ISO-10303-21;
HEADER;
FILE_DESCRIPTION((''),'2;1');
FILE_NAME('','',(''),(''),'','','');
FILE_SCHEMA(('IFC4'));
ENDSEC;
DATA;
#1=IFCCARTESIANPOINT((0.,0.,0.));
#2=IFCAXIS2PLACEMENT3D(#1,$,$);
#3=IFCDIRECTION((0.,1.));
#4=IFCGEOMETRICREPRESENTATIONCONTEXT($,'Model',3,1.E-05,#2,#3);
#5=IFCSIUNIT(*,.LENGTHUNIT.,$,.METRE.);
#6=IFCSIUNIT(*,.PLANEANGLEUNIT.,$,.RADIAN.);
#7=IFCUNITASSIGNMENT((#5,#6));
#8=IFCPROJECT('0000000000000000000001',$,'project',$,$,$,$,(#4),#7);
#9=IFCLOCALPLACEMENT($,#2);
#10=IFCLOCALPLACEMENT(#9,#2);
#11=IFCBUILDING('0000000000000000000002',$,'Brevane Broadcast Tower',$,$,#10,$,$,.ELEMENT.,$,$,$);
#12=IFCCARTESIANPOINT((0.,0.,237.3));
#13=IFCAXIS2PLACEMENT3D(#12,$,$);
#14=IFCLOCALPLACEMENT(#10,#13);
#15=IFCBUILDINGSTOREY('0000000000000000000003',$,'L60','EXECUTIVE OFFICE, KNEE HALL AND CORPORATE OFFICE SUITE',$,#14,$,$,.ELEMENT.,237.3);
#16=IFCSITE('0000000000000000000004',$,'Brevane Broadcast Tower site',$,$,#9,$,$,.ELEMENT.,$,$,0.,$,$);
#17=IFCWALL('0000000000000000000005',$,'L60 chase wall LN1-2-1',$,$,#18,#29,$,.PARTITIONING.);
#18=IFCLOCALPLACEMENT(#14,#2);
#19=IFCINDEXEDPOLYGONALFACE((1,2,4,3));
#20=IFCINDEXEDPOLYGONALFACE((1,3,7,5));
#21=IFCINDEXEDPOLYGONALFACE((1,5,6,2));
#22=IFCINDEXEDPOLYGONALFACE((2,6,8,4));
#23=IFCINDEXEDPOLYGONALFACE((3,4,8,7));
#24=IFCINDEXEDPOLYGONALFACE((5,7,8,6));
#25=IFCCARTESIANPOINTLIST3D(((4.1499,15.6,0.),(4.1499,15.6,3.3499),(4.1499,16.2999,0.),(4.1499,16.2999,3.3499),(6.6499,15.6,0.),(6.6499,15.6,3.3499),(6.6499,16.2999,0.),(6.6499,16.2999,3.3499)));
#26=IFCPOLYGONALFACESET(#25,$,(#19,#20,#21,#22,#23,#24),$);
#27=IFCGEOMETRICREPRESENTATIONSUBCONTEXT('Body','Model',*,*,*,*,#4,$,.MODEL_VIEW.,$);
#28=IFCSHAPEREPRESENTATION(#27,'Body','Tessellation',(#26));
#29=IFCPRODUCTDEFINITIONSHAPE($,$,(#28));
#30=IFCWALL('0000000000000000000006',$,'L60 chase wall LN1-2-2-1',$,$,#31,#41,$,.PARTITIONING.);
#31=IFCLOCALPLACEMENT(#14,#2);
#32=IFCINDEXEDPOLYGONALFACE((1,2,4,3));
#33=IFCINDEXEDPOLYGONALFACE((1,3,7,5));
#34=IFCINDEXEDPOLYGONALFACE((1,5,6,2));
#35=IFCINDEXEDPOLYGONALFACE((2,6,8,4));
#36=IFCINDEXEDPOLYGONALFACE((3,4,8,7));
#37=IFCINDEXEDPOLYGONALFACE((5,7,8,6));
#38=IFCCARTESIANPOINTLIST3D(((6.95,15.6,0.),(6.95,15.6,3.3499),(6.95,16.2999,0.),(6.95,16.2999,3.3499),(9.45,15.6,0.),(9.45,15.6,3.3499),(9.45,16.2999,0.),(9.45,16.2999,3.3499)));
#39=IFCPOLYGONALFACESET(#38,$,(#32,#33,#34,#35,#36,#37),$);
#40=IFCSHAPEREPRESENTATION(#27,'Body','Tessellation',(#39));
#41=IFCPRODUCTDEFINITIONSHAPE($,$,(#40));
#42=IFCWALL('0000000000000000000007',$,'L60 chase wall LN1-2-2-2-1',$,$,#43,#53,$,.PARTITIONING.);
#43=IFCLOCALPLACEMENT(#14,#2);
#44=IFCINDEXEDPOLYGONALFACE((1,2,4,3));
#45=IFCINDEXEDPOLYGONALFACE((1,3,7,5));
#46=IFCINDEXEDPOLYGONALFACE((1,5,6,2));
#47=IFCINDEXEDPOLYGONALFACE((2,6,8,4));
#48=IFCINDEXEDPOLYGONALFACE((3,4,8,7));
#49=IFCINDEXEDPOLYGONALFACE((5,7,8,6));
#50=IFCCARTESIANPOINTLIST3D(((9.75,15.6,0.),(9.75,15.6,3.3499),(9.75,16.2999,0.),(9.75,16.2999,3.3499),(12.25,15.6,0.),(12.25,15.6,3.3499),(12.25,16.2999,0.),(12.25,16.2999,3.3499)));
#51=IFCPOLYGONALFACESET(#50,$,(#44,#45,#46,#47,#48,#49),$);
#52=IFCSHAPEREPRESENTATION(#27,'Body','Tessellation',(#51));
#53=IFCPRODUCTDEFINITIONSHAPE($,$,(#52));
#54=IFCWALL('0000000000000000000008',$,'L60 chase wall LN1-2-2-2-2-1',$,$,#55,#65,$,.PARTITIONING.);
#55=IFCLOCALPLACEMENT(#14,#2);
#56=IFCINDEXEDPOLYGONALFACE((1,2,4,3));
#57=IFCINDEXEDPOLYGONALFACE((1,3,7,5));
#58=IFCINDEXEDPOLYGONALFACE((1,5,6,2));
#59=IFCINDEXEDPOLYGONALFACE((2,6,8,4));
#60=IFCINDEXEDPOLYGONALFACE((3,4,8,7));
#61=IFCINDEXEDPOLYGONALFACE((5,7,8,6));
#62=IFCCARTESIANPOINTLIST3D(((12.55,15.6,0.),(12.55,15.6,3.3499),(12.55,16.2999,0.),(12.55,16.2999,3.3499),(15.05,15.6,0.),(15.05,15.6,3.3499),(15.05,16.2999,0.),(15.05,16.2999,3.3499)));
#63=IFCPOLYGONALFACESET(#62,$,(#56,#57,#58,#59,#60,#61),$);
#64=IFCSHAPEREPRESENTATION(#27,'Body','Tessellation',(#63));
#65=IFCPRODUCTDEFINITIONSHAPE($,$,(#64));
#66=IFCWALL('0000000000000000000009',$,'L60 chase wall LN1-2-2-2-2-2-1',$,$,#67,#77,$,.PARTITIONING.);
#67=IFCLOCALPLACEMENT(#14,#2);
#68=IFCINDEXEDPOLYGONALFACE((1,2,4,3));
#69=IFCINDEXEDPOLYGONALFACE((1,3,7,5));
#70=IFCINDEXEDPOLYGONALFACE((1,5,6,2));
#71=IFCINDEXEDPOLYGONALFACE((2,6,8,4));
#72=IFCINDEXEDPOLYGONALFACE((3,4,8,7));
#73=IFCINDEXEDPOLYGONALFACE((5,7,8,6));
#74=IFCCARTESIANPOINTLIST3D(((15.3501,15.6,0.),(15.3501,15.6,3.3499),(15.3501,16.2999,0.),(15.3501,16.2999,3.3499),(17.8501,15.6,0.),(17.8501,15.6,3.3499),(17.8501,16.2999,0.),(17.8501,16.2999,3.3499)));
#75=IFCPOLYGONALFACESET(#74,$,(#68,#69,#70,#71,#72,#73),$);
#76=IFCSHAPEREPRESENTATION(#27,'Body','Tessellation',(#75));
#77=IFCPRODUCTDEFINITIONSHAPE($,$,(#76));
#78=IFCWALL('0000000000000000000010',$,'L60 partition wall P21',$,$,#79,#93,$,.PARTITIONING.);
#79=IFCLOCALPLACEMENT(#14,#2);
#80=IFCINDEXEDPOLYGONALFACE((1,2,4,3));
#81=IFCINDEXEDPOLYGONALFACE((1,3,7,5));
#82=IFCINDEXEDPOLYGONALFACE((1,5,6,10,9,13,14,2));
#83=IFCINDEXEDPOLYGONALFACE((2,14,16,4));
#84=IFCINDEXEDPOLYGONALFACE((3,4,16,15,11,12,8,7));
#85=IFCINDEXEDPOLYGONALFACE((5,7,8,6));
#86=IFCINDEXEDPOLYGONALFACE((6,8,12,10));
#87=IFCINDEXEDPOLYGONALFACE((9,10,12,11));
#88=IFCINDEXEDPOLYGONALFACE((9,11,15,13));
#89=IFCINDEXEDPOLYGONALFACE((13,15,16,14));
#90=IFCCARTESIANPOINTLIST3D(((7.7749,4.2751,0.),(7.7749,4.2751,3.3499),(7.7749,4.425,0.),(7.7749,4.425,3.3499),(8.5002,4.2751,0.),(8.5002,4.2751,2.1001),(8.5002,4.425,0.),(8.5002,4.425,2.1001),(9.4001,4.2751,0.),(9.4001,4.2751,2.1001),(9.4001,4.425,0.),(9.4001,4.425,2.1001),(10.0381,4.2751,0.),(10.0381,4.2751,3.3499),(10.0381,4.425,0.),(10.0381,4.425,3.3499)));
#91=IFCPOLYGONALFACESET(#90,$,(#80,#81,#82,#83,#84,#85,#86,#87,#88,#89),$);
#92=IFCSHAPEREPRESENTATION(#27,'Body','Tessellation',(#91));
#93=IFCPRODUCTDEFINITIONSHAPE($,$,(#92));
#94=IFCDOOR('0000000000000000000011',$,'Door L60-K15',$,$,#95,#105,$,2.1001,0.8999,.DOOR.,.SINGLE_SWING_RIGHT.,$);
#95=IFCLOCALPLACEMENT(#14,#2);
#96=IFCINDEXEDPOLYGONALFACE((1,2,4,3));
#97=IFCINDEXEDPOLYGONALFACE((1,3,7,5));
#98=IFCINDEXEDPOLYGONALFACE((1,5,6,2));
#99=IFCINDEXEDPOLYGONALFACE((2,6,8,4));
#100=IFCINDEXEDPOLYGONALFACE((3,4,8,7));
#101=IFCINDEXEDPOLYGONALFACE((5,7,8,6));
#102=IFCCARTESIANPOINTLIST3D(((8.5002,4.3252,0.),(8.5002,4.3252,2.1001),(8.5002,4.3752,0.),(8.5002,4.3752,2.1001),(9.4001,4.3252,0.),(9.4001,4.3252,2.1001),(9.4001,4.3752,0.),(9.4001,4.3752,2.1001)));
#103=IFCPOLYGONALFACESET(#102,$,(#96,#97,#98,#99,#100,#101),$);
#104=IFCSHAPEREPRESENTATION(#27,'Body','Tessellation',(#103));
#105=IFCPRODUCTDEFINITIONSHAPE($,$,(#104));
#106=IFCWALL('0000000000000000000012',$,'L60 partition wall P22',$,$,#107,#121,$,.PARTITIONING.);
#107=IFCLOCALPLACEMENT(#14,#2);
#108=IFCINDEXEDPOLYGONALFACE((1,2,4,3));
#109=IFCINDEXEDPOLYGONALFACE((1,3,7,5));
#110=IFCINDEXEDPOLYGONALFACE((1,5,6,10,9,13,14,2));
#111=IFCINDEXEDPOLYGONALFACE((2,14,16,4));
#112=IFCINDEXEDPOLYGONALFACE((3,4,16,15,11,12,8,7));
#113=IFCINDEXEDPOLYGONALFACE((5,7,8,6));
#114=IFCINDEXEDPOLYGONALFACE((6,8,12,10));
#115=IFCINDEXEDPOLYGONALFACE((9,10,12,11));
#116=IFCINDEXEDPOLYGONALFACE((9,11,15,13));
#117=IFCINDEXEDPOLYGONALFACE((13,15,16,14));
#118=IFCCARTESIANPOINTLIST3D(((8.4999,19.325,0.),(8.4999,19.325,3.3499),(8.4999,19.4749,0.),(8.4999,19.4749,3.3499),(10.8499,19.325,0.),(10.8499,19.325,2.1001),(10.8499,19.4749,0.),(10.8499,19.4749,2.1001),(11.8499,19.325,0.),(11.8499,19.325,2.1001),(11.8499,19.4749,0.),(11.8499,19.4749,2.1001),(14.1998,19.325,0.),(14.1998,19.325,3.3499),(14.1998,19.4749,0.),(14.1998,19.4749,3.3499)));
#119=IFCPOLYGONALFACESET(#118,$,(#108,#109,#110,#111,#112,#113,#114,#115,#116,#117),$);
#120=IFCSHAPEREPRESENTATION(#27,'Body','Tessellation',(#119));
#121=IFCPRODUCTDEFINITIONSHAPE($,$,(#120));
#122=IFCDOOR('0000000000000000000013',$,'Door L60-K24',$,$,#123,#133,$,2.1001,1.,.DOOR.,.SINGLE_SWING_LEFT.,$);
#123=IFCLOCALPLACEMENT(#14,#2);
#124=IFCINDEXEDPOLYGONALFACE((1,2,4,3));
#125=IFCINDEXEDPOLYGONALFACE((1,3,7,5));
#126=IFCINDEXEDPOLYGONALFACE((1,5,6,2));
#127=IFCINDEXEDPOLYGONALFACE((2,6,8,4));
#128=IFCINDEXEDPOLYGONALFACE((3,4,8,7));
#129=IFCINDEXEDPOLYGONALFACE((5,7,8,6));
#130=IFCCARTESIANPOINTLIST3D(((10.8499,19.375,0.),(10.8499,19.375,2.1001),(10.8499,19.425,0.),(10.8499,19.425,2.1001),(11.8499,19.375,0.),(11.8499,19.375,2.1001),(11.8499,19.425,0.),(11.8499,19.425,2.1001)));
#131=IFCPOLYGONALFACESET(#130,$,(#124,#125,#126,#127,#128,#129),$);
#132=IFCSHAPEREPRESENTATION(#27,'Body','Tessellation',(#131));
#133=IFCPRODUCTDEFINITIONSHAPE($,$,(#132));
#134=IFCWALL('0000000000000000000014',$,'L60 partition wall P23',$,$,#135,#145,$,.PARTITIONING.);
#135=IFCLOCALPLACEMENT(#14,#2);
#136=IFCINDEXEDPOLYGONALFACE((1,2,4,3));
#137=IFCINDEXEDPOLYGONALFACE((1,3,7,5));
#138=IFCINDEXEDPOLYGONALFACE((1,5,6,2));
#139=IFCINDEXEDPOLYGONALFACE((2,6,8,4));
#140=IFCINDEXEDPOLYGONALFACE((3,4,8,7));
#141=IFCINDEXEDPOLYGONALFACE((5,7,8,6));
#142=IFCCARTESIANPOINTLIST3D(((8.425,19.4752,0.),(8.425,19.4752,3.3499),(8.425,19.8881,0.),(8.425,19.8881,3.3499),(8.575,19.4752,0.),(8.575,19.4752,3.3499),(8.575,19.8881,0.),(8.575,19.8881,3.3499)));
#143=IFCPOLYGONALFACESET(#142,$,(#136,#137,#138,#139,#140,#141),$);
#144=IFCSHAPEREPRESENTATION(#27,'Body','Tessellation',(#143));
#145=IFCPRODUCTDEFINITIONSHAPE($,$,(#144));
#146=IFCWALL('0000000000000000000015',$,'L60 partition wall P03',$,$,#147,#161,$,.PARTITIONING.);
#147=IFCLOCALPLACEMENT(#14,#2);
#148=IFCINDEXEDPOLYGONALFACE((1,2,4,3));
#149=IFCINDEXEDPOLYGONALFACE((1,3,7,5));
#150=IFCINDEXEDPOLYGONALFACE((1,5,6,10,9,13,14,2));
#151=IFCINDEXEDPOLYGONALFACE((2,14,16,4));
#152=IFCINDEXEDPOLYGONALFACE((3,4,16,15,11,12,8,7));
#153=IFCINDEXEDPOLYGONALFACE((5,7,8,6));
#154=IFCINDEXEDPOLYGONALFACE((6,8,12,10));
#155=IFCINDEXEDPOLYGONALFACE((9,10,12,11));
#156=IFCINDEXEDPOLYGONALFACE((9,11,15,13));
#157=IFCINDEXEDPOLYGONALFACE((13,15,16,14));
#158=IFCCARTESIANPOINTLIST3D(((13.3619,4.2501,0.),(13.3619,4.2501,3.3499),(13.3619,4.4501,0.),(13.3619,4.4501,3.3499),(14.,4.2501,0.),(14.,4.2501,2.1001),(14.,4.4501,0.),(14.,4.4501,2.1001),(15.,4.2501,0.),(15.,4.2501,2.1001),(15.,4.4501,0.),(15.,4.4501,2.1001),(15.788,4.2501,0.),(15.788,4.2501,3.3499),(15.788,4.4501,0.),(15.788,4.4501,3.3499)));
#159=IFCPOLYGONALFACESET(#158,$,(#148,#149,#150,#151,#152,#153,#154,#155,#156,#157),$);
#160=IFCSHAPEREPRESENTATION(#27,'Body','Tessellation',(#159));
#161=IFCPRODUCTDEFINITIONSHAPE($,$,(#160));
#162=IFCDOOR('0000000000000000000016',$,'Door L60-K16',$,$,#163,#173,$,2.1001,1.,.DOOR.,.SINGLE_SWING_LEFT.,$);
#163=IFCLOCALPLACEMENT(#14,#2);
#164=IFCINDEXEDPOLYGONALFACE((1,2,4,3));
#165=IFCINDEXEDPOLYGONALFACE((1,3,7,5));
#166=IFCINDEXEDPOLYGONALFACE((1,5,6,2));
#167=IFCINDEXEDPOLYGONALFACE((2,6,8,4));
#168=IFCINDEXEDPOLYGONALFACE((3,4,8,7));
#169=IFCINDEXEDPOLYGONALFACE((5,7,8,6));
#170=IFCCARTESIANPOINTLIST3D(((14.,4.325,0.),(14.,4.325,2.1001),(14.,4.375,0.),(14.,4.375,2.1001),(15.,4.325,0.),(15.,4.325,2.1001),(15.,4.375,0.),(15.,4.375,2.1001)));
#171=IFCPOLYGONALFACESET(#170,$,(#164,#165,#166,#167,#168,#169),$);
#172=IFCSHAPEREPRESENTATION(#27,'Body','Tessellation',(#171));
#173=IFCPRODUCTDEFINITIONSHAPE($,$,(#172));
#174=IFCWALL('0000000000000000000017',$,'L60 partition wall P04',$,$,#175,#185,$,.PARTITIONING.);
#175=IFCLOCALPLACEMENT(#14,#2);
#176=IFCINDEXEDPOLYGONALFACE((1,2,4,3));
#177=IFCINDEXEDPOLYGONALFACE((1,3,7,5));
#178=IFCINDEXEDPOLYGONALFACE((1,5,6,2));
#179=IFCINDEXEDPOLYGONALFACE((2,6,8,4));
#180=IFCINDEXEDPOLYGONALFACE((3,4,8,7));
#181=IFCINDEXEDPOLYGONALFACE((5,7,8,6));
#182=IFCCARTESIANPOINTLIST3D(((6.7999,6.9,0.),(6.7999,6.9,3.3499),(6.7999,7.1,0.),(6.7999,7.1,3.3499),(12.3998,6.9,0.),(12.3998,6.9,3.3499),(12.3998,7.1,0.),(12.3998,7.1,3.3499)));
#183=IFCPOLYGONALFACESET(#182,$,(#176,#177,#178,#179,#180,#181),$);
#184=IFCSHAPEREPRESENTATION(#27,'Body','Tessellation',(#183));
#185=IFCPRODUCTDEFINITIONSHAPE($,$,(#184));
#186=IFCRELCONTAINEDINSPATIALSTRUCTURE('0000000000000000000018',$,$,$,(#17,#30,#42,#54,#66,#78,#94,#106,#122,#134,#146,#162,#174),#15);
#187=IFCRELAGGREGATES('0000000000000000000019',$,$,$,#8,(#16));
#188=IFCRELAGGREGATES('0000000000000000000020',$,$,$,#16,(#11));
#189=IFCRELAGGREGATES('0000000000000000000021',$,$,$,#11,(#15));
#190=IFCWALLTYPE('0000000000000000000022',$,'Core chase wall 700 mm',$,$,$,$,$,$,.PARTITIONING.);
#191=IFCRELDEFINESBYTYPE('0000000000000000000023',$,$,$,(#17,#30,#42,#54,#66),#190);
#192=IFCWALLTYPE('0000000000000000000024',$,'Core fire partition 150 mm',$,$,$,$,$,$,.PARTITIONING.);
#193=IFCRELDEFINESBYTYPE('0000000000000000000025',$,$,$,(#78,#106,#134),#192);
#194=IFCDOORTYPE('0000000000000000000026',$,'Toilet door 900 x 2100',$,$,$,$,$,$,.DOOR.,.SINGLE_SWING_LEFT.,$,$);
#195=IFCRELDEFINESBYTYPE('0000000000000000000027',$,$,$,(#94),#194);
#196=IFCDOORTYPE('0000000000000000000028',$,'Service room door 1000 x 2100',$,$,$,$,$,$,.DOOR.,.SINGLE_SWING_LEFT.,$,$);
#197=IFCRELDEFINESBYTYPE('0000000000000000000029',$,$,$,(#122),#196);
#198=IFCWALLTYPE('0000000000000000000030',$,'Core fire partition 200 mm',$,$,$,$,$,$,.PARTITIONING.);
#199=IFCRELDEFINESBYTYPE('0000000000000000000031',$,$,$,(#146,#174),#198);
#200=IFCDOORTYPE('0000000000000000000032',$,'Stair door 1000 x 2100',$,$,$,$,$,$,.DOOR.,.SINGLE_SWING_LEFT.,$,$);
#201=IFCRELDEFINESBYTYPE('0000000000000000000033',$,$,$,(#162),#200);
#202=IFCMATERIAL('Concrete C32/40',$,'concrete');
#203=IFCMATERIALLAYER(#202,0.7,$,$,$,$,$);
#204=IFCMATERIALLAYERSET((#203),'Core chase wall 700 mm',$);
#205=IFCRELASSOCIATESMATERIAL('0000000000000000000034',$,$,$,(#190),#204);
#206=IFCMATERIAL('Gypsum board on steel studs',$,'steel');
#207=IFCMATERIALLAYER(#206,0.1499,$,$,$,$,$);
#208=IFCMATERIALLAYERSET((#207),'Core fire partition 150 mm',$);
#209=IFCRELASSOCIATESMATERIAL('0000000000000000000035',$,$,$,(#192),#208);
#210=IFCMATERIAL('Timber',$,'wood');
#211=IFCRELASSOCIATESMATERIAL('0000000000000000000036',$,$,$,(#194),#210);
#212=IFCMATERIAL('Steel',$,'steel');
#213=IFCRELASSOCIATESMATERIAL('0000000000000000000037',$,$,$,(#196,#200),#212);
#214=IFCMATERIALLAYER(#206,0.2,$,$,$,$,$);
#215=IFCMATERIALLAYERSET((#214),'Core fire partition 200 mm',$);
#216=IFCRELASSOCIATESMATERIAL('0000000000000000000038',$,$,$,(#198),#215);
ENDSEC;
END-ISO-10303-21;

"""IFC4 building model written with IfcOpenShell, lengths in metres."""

from ifc_helpers import new_model, si_unit, direction, frame, frame_2d, origin, place, context, subcontext, project, spatial, rectangle, extrude, material, layer, layer_set, type_object, element, fill, save


model = new_model("IFC4")

# Units and contexts
model_context = context("Model", 3, precision=1e-05, world=origin(), true_north=direction((0.0, 1.0)))
body_context = subcontext(model_context, "Body", "Model", "MODEL_VIEW")
ifc_project = project(units=[si_unit("LENGTHUNIT", "METRE"), si_unit("PLANEANGLEUNIT", "RADIAN")], contexts=[model_context])

# Site, building, storey
site_placement = place(None, origin())
site = spatial("IfcSite", under=ifc_project, at=site_placement, Name="Brevane Broadcast Tower site", CompositionType="ELEMENT", RefElevation=0.0)
building_placement = place(site_placement, origin())
building = spatial("IfcBuilding", under=site, at=building_placement, Name="Brevane Broadcast Tower", CompositionType="ELEMENT")
storey_placement = place(building_placement, frame((0.0, 0.0, 237.3)))
storey = spatial("IfcBuildingStorey", under=building, at=storey_placement, Name="L60", Description="EXECUTIVE OFFICE, KNEE HALL AND CORPORATE OFFICE SUITE", CompositionType="ELEMENT", Elevation=237.3)

# Walls
ifc_material_1 = material(Name="Concrete C32/40", Category="concrete")
ifc_layer_1 = layer(ifc_material_1, 0.7)
ifc_layer_set_1 = layer_set([ifc_layer_1], Name="Core chase wall 700 mm")
wall_type_1 = type_object("IfcWallType", Name="Core chase wall 700 mm", PredefinedType="PARTITIONING", material=ifc_layer_set_1)
for number, where, z_axis, x_axis, name in (
    (1, (4.1499, 15.95, 0.0), (0.0, 0.0, 1.0), (1.0, 0.0, 0.0), "L60 chase wall LN1-2-1"),
    (2, (6.95, 15.95, 0.0), (0.0, 0.0, 1.0), (1.0, 0.0, 0.0), "L60 chase wall LN1-2-2-1"),
    (3, (9.75, 15.95, 0.0), (0.0, 0.0, 1.0), (1.0, 0.0, 0.0), "L60 chase wall LN1-2-2-2-1"),
    (4, (12.55, 15.95, 0.0), (0.0, 0.0, 1.0), (1.0, 0.0, 0.0), "L60 chase wall LN1-2-2-2-2-1"),
    (5, (15.3501, 15.95, 0.0), (0.0, 0.0, 1.0), (1.0, 0.0, 0.0), "L60 chase wall LN1-2-2-2-2-2-1"),
):
    element("IfcWall", number, at=place(storey_placement, frame(where, z_axis=z_axis, x_axis=x_axis)), inside=storey, type_object=wall_type_1, Name=name, PredefinedType="PARTITIONING", context=body_context, shape_type="SweptSolid", body=[
        extrude(rectangle(XDim=2.5, YDim=0.7, at=frame_2d((1.25, 0.0))), origin(), (0.0, 0.0, 1.0), 3.3499),
    ])

# Walls, openings, doors
ifc_material_2 = material(Name="Gypsum board on steel studs", Category="steel")
ifc_layer_2 = layer(ifc_material_2, 0.1499)
ifc_layer_set_2 = layer_set([ifc_layer_2], Name="Core fire partition 150 mm")
wall_type_2 = type_object("IfcWallType", Name="Core fire partition 150 mm", PredefinedType="PARTITIONING", material=ifc_layer_set_2)
wall_1_placement = place(storey_placement, frame((10.0381, 4.3501, 0.0), z_axis=(0.0, 0.0, 1.0), x_axis=(-1.0, 0.0, 0.0)))
wall_1 = element("IfcWall", 6, at=wall_1_placement, inside=storey, type_object=wall_type_2, Name="L60 partition wall P21", PredefinedType="PARTITIONING", context=body_context, shape_type="SweptSolid", body=[
    extrude(rectangle(XDim=2.2632, YDim=0.1499, at=frame_2d((1.1316, 0.0))), origin(), (0.0, 0.0, 1.0), 3.3499),
])
opening_1_placement = place(wall_1_placement, frame((0.6379, 0.0, 0.0)))
opening_1 = element("IfcOpeningElement", 7, at=opening_1_placement, cuts=wall_1, PredefinedType="OPENING", context=body_context, shape_type="SweptSolid", body=[
    extrude(rectangle(XDim=0.8999, YDim=2.1001, at=frame_2d((0.45, 1.05))), frame((0.0, 0.085, 0.0), z_axis=(0.0, -1.0, 0.0), x_axis=(1.0, 0.0, 0.0)), (0.0, 0.0, 1.0), 0.1699),
])
ifc_material_3 = material(Name="Timber", Category="wood")
door_type_1 = type_object("IfcDoorType", Name="Toilet door 900 x 2100", OperationType="SINGLE_SWING_LEFT", PredefinedType="DOOR", material=ifc_material_3)
door_1_placement = place(opening_1_placement, origin())
door_1 = element("IfcDoor", 8, at=door_1_placement, inside=storey, type_object=door_type_1, Name="Door L60-K15", OperationType="SINGLE_SWING_RIGHT", OverallHeight=2.1001, OverallWidth=0.8999, PredefinedType="DOOR", context=body_context, shape_type="SweptSolid", body=[
    extrude(rectangle(XDim=0.8999, YDim=2.1001, at=frame_2d((0.45, 1.05))), frame((0.0, 0.0249, 0.0), z_axis=(0.0, -1.0, 0.0), x_axis=(1.0, 0.0, 0.0)), (0.0, 0.0, 1.0), 0.05),
])
fill(opening_1, door_1)
wall_2_placement = place(storey_placement, frame((14.2, 19.3999, 0.0), z_axis=(0.0, 0.0, 1.0), x_axis=(-1.0, 0.0, 0.0)))
wall_2 = element("IfcWall", 9, at=wall_2_placement, inside=storey, type_object=wall_type_2, Name="L60 partition wall P22", PredefinedType="PARTITIONING", context=body_context, shape_type="SweptSolid", body=[
    extrude(rectangle(XDim=5.7, YDim=0.1499, at=frame_2d((2.8501, 0.0))), origin(), (0.0, 0.0, 1.0), 3.3499),
])
opening_2_placement = place(wall_2_placement, frame((2.3501, 0.0, 0.0)))
opening_2 = element("IfcOpeningElement", 10, at=opening_2_placement, cuts=wall_2, PredefinedType="OPENING", context=body_context, shape_type="SweptSolid", body=[
    extrude(rectangle(XDim=1.0, YDim=2.1001, at=frame_2d((0.5, 1.05))), frame((0.0, 0.085, 0.0), z_axis=(0.0, -1.0, 0.0), x_axis=(1.0, 0.0, 0.0)), (0.0, 0.0, 1.0), 0.1699),
])
ifc_material_4 = material(Name="Steel", Category="steel")
door_type_2 = type_object("IfcDoorType", Name="Service room door 1000 x 2100", OperationType="SINGLE_SWING_LEFT", PredefinedType="DOOR", material=ifc_material_4)
door_2_placement = place(opening_2_placement, origin())
door_2 = element("IfcDoor", 11, at=door_2_placement, inside=storey, type_object=door_type_2, Name="Door L60-K24", OperationType="SINGLE_SWING_LEFT", OverallHeight=2.1001, OverallWidth=1.0, PredefinedType="DOOR", context=body_context, shape_type="SweptSolid", body=[
    extrude(rectangle(XDim=1.0, YDim=2.1001, at=frame_2d((0.5, 1.05))), frame((0.0, 0.0249, 0.0), z_axis=(0.0, -1.0, 0.0), x_axis=(1.0, 0.0, 0.0)), (0.0, 0.0, 1.0), 0.05),
])
fill(opening_2, door_2)

# Wall
wall_3_placement = place(storey_placement, frame((8.5, 19.4751, 0.0), z_axis=(0.0, 0.0, 1.0), x_axis=(0.0, 1.0, 0.0)))
element("IfcWall", 12, at=wall_3_placement, inside=storey, type_object=wall_type_2, Name="L60 partition wall P23", PredefinedType="PARTITIONING", context=body_context, shape_type="SweptSolid", body=[
    extrude(rectangle(XDim=0.4128, YDim=0.1499, at=frame_2d((0.2065, 0.0))), origin(), (0.0, 0.0, 1.0), 3.3499),
])

# Wall, opening, door
ifc_layer_3 = layer(ifc_material_2, 0.2)
ifc_layer_set_3 = layer_set([ifc_layer_3], Name="Core fire partition 200 mm")
wall_type_3 = type_object("IfcWallType", Name="Core fire partition 200 mm", PredefinedType="PARTITIONING", material=ifc_layer_set_3)
wall_4_placement = place(storey_placement, frame((13.3621, 4.3501, 0.0), z_axis=(0.0, 0.0, 1.0), x_axis=(1.0, 0.0, 0.0)))
wall_4 = element("IfcWall", 13, at=wall_4_placement, inside=storey, type_object=wall_type_3, Name="L60 partition wall P03", PredefinedType="PARTITIONING", context=body_context, shape_type="SweptSolid", body=[
    extrude(rectangle(XDim=2.426, YDim=0.2, at=frame_2d((1.2129, 0.0))), origin(), (0.0, 0.0, 1.0), 3.3499),
])
opening_3_placement = place(wall_4_placement, frame((0.6379, 0.0, 0.0)))
opening_3 = element("IfcOpeningElement", 14, at=opening_3_placement, cuts=wall_4, PredefinedType="OPENING", context=body_context, shape_type="SweptSolid", body=[
    extrude(rectangle(XDim=1.0, YDim=2.1001, at=frame_2d((0.5, 1.05))), frame((0.0, 0.1099, 0.0), z_axis=(0.0, -1.0, 0.0), x_axis=(1.0, 0.0, 0.0)), (0.0, 0.0, 1.0), 0.22),
])
door_type_3 = type_object("IfcDoorType", Name="Stair door 1000 x 2100", OperationType="SINGLE_SWING_LEFT", PredefinedType="DOOR", material=ifc_material_4)
door_3_placement = place(opening_3_placement, origin())
door_3 = element("IfcDoor", 15, at=door_3_placement, inside=storey, type_object=door_type_3, Name="Door L60-K16", OperationType="SINGLE_SWING_LEFT", OverallHeight=2.1001, OverallWidth=1.0, PredefinedType="DOOR", context=body_context, shape_type="SweptSolid", body=[
    extrude(rectangle(XDim=1.0, YDim=2.1001, at=frame_2d((0.5, 1.05))), frame((0.0, 0.0249, 0.0), z_axis=(0.0, -1.0, 0.0), x_axis=(1.0, 0.0, 0.0)), (0.0, 0.0, 1.0), 0.05),
])
fill(opening_3, door_3)

# Wall
wall_5_placement = place(storey_placement, frame((6.8, 7.0, 0.0), z_axis=(0.0, 0.0, 1.0), x_axis=(1.0, 0.0, 0.0)))
element("IfcWall", 16, at=wall_5_placement, inside=storey, type_object=wall_type_3, Name="L60 partition wall P04", PredefinedType="PARTITIONING", context=body_context, shape_type="SweptSolid", body=[
    extrude(rectangle(XDim=5.5999, YDim=0.2, at=frame_2d((2.7998, 0.0))), origin(), (0.0, 0.0, 1.0), 3.3499),
])

save(model, "model.ifc")
